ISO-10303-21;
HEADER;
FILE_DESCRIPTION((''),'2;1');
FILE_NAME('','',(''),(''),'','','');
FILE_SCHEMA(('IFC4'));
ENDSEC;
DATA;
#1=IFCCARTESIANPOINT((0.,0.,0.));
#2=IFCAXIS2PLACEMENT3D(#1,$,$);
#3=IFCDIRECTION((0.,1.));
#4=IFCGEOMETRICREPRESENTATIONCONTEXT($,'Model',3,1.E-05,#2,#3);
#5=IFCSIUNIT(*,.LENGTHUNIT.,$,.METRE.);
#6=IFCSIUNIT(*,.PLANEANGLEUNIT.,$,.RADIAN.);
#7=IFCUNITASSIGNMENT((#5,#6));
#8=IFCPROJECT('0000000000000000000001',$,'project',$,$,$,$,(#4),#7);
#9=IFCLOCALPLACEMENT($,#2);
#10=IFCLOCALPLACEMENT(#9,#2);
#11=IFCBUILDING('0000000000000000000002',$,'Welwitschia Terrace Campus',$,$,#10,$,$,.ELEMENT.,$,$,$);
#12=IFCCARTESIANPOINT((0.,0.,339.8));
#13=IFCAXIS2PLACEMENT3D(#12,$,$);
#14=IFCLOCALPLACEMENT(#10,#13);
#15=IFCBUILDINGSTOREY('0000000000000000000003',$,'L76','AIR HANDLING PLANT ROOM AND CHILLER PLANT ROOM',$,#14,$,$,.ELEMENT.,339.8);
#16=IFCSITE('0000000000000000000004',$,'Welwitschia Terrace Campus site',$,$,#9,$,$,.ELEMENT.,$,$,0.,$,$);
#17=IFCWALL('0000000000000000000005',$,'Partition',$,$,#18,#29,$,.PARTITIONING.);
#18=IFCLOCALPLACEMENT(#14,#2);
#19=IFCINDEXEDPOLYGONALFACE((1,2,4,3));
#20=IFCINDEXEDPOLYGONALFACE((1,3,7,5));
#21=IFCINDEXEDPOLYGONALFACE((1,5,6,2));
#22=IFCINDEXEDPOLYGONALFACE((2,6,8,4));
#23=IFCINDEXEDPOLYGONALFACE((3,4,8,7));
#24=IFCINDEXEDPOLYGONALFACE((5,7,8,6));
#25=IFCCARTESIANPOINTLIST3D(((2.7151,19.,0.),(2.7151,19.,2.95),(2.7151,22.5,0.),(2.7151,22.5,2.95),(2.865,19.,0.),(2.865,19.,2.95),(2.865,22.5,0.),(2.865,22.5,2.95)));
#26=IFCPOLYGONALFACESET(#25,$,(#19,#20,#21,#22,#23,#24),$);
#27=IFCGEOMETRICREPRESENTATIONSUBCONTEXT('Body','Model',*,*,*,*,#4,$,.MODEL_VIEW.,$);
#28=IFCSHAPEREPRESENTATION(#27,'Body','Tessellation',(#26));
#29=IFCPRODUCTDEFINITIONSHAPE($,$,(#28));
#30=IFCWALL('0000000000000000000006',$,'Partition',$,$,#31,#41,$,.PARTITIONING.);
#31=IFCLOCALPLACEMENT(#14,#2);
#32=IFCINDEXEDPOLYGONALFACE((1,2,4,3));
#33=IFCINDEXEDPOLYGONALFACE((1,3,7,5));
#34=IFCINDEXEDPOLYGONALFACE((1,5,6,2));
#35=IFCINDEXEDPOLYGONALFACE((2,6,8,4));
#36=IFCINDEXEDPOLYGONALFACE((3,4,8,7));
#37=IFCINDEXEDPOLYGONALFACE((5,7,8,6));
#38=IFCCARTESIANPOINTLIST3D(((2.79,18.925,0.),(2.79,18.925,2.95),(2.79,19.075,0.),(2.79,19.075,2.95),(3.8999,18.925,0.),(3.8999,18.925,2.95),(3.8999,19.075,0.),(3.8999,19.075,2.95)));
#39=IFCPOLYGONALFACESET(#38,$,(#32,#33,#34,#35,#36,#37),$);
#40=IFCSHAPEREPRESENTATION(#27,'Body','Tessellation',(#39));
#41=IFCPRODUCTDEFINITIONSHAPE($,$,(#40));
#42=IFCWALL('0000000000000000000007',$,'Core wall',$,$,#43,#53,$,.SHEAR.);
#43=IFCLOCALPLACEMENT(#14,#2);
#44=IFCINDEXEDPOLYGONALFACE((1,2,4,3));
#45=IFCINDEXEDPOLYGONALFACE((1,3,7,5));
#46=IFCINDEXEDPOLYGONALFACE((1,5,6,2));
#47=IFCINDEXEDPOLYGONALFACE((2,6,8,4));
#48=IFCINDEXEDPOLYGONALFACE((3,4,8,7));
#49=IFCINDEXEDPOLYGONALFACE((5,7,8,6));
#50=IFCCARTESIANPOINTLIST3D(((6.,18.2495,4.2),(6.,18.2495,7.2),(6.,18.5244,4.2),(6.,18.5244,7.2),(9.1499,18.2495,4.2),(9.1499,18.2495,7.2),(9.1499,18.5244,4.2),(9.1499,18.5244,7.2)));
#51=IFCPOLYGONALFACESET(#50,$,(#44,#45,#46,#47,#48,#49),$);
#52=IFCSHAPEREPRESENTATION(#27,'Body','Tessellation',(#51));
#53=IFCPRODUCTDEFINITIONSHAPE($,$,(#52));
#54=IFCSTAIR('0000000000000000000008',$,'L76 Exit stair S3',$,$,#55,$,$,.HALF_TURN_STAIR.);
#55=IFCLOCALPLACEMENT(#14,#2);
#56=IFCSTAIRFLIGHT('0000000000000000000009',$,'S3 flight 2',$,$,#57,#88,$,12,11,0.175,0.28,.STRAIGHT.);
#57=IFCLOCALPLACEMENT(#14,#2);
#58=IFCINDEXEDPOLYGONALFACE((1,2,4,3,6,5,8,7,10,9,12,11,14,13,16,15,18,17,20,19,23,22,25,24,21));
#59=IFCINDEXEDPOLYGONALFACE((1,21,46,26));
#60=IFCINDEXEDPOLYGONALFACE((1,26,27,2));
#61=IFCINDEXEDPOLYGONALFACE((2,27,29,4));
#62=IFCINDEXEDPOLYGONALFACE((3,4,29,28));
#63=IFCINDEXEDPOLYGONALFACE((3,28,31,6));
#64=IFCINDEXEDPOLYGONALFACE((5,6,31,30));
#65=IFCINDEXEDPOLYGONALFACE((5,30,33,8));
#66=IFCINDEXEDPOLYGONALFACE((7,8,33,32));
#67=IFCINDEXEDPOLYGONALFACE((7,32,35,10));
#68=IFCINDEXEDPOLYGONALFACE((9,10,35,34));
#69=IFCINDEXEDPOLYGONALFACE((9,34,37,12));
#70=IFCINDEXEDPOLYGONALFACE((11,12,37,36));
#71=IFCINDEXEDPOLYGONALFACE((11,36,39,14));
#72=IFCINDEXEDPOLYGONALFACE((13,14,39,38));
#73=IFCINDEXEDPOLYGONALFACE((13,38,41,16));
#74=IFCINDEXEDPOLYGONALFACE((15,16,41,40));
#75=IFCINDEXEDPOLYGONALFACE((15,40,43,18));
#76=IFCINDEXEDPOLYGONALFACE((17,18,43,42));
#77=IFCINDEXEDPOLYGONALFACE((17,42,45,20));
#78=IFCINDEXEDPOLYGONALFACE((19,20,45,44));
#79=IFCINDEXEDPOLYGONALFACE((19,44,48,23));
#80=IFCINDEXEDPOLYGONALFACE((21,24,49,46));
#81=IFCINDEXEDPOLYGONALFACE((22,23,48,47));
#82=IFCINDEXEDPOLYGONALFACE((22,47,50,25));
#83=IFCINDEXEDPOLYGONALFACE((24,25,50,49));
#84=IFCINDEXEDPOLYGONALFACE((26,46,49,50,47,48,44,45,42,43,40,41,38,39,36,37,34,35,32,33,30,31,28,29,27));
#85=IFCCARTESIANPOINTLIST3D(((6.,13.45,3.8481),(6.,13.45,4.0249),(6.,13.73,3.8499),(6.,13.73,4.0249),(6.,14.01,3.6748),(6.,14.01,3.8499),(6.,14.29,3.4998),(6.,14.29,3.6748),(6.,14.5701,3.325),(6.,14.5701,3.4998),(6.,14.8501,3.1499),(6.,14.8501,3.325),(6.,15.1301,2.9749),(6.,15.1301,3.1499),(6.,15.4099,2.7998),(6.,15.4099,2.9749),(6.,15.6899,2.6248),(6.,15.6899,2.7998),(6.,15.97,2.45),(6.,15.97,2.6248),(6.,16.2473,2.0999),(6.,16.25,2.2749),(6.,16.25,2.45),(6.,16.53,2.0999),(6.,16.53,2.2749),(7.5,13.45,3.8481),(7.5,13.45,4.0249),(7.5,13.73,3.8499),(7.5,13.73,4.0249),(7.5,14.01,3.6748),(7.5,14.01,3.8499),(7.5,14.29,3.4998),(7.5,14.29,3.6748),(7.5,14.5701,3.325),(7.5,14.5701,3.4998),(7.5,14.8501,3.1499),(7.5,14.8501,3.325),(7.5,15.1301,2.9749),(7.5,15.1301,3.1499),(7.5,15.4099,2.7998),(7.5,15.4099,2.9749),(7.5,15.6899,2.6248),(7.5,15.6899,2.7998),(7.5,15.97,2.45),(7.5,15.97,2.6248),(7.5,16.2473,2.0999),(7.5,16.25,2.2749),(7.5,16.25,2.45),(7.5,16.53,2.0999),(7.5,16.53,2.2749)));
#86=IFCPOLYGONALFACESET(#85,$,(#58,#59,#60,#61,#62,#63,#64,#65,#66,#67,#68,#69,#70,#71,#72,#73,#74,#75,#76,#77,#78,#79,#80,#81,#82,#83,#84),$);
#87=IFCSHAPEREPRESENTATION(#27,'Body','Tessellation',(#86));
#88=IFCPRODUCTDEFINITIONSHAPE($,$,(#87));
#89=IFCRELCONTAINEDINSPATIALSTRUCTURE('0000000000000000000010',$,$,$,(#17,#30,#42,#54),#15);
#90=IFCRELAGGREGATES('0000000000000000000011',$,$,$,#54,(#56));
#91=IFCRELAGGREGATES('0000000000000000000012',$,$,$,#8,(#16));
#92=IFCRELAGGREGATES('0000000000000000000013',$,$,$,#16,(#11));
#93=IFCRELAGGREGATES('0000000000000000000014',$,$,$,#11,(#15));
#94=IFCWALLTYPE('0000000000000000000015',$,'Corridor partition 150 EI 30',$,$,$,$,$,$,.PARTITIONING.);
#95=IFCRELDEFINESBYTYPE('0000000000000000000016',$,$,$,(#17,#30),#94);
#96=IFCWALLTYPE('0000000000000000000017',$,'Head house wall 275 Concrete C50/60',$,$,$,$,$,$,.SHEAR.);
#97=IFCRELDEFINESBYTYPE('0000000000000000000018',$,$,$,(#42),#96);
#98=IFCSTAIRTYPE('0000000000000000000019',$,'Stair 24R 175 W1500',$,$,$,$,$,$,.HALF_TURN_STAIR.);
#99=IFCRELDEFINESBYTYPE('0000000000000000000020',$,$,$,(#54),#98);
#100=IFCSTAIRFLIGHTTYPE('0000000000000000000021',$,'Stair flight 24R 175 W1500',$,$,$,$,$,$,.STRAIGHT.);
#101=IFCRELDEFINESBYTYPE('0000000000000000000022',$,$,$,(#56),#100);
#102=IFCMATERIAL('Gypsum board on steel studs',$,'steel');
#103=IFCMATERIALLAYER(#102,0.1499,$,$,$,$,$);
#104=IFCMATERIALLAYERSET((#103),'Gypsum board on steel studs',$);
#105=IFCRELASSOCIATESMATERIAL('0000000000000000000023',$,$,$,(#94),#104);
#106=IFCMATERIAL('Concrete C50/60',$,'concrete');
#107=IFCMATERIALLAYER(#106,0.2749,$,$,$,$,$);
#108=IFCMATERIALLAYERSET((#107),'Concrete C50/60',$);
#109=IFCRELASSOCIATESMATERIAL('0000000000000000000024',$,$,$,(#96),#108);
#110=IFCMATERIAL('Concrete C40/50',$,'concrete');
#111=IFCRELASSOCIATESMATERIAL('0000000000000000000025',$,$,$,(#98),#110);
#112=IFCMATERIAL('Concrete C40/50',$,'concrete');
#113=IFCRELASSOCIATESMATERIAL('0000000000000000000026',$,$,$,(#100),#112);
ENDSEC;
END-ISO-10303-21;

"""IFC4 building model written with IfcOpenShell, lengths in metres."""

from ifc_helpers import new_model, si_unit, direction, frame, frame_2d, origin, place, context, subcontext, project, spatial, polyline, rectangle, outline, extrude, material, layer, layer_set, type_object, element, aggregate, save


model = new_model("IFC4")

# Units and contexts
model_context = context("Model", 3, precision=1e-05, world=origin(), true_north=direction((0.0, 1.0)))
body_context = subcontext(model_context, "Body", "Model", "MODEL_VIEW")
ifc_project = project(units=[si_unit("LENGTHUNIT", "METRE"), si_unit("PLANEANGLEUNIT", "RADIAN")], contexts=[model_context])

# Site, building, storey
site_placement = place(None, origin())
site = spatial("IfcSite", under=ifc_project, at=site_placement, Name="Welwitschia Terrace Campus site", CompositionType="ELEMENT", RefElevation=0.0)
building_placement = place(site_placement, origin())
building = spatial("IfcBuilding", under=site, at=building_placement, Name="Welwitschia Terrace Campus", CompositionType="ELEMENT")
storey_placement = place(building_placement, frame((0.0, 0.0, 339.8)))
storey = spatial("IfcBuildingStorey", under=building, at=storey_placement, Name="L76", Description="AIR HANDLING PLANT ROOM AND CHILLER PLANT ROOM", CompositionType="ELEMENT", Elevation=339.8)

# Walls
ifc_material_1 = material(Name="Gypsum board on steel studs", Category="steel")
ifc_layer_1 = layer(ifc_material_1, 0.1499)
ifc_layer_set_1 = layer_set([ifc_layer_1], Name="Gypsum board on steel studs")
wall_type_1 = type_object("IfcWallType", Name="Corridor partition 150 EI 30", PredefinedType="PARTITIONING", material=ifc_layer_set_1)
wall_1_placement = place(storey_placement, frame((2.79, 19.0, 0.0), z_axis=(0.0, 0.0, 1.0), x_axis=(0.0, 1.0, 0.0)))
element("IfcWall", 1, at=wall_1_placement, inside=storey, type_object=wall_type_1, Name="Partition", PredefinedType="PARTITIONING", context=body_context, shape_type="SweptSolid", body=[
    extrude(rectangle(XDim=3.5, YDim=0.1499, at=frame_2d((1.75, 0.0))), origin(), (0.0, 0.0, 1.0), 2.95),
])
wall_2_placement = place(storey_placement, frame((2.79, 19.0, 0.0), z_axis=(0.0, 0.0, 1.0), x_axis=(1.0, 0.0, 0.0)))
element("IfcWall", 2, at=wall_2_placement, inside=storey, type_object=wall_type_1, Name="Partition", PredefinedType="PARTITIONING", context=body_context, shape_type="SweptSolid", body=[
    extrude(rectangle(XDim=1.1099, YDim=0.1499, at=frame_2d((0.5549, 0.0))), origin(), (0.0, 0.0, 1.0), 2.95),
])
ifc_material_2 = material(Name="Concrete C50/60", Category="concrete")
ifc_layer_2 = layer(ifc_material_2, 0.2749)
ifc_layer_set_2 = layer_set([ifc_layer_2], Name="Concrete C50/60")
wall_type_2 = type_object("IfcWallType", Name="Head house wall 275 Concrete C50/60", PredefinedType="SHEAR", material=ifc_layer_set_2)
wall_3_placement = place(storey_placement, frame((6.0, 18.387, 4.2), z_axis=(0.0, 0.0, 1.0), x_axis=(1.0, 0.0, 0.0)))
element("IfcWall", 3, at=wall_3_placement, inside=storey, type_object=wall_type_2, Name="Core wall", PredefinedType="SHEAR", context=body_context, shape_type="SweptSolid", body=[
    extrude(rectangle(XDim=3.1499, YDim=0.2749, at=frame_2d((1.575, 0.0))), origin(), (0.0, 0.0, 1.0), 3.0),
])

# Stair, stair flight
ifc_material_3 = material(Name="Concrete C40/50", Category="concrete")
stair_type = type_object("IfcStairType", Name="Stair 24R 175 W1500", PredefinedType="HALF_TURN_STAIR", material=ifc_material_3)
stair_placement = place(storey_placement, origin())
stair = element("IfcStair", 4, at=stair_placement, inside=storey, type_object=stair_type, Name="L76 Exit stair S3", PredefinedType="HALF_TURN_STAIR")
ifc_material_4 = material(Name="Concrete C40/50", Category="concrete")
stair_flight_type = type_object("IfcStairFlightType", Name="Stair flight 24R 175 W1500", PredefinedType="STRAIGHT", material=ifc_material_4)
stair_flight_placement = place(storey_placement, frame((6.75, 16.53, 2.0999), z_axis=(0.0, 0.0, 1.0), x_axis=(0.0, -1.0, 0.0)))
stair_flight = element("IfcStairFlight", 5, at=stair_flight_placement, type_object=stair_flight_type, Name="S3 flight 2", NumberOfRisers=12, NumberOfTreads=11, PredefinedType="STRAIGHT", RiserHeight=0.175, TreadLength=0.28, context=body_context, shape_type="SweptSolid", body=[
    extrude(outline(polyline([(0.0, 0.0), (0.0, 0.175), (0.28, 0.175), (0.28, 0.3501), (0.5601, 0.3501), (0.5601, 0.5249), (0.8401, 0.5249), (0.8401, 0.7), (1.1201, 0.7), (1.1201, 0.875), (1.3999, 0.875), (1.3999, 1.05), (1.6799, 1.05), (1.6799, 1.2251), (1.96, 1.2251), (1.96, 1.3999), (2.24, 1.3999), (2.24, 1.575), (2.52, 1.575), (2.52, 1.75), (2.8, 1.75), (2.8, 1.925), (3.0801, 1.925), (3.0801, 2.1001), (3.0801, 1.7483), (0.2827, 0.0), (0.0, 0.0)])), frame((0.0, 0.75, 0.0), z_axis=(0.0, -1.0, 0.0), x_axis=(1.0, 0.0, 0.0)), (0.0, 0.0, 1.0), 1.5),
])
aggregate(stair, [stair_flight])

save(model, "model.ifc")
